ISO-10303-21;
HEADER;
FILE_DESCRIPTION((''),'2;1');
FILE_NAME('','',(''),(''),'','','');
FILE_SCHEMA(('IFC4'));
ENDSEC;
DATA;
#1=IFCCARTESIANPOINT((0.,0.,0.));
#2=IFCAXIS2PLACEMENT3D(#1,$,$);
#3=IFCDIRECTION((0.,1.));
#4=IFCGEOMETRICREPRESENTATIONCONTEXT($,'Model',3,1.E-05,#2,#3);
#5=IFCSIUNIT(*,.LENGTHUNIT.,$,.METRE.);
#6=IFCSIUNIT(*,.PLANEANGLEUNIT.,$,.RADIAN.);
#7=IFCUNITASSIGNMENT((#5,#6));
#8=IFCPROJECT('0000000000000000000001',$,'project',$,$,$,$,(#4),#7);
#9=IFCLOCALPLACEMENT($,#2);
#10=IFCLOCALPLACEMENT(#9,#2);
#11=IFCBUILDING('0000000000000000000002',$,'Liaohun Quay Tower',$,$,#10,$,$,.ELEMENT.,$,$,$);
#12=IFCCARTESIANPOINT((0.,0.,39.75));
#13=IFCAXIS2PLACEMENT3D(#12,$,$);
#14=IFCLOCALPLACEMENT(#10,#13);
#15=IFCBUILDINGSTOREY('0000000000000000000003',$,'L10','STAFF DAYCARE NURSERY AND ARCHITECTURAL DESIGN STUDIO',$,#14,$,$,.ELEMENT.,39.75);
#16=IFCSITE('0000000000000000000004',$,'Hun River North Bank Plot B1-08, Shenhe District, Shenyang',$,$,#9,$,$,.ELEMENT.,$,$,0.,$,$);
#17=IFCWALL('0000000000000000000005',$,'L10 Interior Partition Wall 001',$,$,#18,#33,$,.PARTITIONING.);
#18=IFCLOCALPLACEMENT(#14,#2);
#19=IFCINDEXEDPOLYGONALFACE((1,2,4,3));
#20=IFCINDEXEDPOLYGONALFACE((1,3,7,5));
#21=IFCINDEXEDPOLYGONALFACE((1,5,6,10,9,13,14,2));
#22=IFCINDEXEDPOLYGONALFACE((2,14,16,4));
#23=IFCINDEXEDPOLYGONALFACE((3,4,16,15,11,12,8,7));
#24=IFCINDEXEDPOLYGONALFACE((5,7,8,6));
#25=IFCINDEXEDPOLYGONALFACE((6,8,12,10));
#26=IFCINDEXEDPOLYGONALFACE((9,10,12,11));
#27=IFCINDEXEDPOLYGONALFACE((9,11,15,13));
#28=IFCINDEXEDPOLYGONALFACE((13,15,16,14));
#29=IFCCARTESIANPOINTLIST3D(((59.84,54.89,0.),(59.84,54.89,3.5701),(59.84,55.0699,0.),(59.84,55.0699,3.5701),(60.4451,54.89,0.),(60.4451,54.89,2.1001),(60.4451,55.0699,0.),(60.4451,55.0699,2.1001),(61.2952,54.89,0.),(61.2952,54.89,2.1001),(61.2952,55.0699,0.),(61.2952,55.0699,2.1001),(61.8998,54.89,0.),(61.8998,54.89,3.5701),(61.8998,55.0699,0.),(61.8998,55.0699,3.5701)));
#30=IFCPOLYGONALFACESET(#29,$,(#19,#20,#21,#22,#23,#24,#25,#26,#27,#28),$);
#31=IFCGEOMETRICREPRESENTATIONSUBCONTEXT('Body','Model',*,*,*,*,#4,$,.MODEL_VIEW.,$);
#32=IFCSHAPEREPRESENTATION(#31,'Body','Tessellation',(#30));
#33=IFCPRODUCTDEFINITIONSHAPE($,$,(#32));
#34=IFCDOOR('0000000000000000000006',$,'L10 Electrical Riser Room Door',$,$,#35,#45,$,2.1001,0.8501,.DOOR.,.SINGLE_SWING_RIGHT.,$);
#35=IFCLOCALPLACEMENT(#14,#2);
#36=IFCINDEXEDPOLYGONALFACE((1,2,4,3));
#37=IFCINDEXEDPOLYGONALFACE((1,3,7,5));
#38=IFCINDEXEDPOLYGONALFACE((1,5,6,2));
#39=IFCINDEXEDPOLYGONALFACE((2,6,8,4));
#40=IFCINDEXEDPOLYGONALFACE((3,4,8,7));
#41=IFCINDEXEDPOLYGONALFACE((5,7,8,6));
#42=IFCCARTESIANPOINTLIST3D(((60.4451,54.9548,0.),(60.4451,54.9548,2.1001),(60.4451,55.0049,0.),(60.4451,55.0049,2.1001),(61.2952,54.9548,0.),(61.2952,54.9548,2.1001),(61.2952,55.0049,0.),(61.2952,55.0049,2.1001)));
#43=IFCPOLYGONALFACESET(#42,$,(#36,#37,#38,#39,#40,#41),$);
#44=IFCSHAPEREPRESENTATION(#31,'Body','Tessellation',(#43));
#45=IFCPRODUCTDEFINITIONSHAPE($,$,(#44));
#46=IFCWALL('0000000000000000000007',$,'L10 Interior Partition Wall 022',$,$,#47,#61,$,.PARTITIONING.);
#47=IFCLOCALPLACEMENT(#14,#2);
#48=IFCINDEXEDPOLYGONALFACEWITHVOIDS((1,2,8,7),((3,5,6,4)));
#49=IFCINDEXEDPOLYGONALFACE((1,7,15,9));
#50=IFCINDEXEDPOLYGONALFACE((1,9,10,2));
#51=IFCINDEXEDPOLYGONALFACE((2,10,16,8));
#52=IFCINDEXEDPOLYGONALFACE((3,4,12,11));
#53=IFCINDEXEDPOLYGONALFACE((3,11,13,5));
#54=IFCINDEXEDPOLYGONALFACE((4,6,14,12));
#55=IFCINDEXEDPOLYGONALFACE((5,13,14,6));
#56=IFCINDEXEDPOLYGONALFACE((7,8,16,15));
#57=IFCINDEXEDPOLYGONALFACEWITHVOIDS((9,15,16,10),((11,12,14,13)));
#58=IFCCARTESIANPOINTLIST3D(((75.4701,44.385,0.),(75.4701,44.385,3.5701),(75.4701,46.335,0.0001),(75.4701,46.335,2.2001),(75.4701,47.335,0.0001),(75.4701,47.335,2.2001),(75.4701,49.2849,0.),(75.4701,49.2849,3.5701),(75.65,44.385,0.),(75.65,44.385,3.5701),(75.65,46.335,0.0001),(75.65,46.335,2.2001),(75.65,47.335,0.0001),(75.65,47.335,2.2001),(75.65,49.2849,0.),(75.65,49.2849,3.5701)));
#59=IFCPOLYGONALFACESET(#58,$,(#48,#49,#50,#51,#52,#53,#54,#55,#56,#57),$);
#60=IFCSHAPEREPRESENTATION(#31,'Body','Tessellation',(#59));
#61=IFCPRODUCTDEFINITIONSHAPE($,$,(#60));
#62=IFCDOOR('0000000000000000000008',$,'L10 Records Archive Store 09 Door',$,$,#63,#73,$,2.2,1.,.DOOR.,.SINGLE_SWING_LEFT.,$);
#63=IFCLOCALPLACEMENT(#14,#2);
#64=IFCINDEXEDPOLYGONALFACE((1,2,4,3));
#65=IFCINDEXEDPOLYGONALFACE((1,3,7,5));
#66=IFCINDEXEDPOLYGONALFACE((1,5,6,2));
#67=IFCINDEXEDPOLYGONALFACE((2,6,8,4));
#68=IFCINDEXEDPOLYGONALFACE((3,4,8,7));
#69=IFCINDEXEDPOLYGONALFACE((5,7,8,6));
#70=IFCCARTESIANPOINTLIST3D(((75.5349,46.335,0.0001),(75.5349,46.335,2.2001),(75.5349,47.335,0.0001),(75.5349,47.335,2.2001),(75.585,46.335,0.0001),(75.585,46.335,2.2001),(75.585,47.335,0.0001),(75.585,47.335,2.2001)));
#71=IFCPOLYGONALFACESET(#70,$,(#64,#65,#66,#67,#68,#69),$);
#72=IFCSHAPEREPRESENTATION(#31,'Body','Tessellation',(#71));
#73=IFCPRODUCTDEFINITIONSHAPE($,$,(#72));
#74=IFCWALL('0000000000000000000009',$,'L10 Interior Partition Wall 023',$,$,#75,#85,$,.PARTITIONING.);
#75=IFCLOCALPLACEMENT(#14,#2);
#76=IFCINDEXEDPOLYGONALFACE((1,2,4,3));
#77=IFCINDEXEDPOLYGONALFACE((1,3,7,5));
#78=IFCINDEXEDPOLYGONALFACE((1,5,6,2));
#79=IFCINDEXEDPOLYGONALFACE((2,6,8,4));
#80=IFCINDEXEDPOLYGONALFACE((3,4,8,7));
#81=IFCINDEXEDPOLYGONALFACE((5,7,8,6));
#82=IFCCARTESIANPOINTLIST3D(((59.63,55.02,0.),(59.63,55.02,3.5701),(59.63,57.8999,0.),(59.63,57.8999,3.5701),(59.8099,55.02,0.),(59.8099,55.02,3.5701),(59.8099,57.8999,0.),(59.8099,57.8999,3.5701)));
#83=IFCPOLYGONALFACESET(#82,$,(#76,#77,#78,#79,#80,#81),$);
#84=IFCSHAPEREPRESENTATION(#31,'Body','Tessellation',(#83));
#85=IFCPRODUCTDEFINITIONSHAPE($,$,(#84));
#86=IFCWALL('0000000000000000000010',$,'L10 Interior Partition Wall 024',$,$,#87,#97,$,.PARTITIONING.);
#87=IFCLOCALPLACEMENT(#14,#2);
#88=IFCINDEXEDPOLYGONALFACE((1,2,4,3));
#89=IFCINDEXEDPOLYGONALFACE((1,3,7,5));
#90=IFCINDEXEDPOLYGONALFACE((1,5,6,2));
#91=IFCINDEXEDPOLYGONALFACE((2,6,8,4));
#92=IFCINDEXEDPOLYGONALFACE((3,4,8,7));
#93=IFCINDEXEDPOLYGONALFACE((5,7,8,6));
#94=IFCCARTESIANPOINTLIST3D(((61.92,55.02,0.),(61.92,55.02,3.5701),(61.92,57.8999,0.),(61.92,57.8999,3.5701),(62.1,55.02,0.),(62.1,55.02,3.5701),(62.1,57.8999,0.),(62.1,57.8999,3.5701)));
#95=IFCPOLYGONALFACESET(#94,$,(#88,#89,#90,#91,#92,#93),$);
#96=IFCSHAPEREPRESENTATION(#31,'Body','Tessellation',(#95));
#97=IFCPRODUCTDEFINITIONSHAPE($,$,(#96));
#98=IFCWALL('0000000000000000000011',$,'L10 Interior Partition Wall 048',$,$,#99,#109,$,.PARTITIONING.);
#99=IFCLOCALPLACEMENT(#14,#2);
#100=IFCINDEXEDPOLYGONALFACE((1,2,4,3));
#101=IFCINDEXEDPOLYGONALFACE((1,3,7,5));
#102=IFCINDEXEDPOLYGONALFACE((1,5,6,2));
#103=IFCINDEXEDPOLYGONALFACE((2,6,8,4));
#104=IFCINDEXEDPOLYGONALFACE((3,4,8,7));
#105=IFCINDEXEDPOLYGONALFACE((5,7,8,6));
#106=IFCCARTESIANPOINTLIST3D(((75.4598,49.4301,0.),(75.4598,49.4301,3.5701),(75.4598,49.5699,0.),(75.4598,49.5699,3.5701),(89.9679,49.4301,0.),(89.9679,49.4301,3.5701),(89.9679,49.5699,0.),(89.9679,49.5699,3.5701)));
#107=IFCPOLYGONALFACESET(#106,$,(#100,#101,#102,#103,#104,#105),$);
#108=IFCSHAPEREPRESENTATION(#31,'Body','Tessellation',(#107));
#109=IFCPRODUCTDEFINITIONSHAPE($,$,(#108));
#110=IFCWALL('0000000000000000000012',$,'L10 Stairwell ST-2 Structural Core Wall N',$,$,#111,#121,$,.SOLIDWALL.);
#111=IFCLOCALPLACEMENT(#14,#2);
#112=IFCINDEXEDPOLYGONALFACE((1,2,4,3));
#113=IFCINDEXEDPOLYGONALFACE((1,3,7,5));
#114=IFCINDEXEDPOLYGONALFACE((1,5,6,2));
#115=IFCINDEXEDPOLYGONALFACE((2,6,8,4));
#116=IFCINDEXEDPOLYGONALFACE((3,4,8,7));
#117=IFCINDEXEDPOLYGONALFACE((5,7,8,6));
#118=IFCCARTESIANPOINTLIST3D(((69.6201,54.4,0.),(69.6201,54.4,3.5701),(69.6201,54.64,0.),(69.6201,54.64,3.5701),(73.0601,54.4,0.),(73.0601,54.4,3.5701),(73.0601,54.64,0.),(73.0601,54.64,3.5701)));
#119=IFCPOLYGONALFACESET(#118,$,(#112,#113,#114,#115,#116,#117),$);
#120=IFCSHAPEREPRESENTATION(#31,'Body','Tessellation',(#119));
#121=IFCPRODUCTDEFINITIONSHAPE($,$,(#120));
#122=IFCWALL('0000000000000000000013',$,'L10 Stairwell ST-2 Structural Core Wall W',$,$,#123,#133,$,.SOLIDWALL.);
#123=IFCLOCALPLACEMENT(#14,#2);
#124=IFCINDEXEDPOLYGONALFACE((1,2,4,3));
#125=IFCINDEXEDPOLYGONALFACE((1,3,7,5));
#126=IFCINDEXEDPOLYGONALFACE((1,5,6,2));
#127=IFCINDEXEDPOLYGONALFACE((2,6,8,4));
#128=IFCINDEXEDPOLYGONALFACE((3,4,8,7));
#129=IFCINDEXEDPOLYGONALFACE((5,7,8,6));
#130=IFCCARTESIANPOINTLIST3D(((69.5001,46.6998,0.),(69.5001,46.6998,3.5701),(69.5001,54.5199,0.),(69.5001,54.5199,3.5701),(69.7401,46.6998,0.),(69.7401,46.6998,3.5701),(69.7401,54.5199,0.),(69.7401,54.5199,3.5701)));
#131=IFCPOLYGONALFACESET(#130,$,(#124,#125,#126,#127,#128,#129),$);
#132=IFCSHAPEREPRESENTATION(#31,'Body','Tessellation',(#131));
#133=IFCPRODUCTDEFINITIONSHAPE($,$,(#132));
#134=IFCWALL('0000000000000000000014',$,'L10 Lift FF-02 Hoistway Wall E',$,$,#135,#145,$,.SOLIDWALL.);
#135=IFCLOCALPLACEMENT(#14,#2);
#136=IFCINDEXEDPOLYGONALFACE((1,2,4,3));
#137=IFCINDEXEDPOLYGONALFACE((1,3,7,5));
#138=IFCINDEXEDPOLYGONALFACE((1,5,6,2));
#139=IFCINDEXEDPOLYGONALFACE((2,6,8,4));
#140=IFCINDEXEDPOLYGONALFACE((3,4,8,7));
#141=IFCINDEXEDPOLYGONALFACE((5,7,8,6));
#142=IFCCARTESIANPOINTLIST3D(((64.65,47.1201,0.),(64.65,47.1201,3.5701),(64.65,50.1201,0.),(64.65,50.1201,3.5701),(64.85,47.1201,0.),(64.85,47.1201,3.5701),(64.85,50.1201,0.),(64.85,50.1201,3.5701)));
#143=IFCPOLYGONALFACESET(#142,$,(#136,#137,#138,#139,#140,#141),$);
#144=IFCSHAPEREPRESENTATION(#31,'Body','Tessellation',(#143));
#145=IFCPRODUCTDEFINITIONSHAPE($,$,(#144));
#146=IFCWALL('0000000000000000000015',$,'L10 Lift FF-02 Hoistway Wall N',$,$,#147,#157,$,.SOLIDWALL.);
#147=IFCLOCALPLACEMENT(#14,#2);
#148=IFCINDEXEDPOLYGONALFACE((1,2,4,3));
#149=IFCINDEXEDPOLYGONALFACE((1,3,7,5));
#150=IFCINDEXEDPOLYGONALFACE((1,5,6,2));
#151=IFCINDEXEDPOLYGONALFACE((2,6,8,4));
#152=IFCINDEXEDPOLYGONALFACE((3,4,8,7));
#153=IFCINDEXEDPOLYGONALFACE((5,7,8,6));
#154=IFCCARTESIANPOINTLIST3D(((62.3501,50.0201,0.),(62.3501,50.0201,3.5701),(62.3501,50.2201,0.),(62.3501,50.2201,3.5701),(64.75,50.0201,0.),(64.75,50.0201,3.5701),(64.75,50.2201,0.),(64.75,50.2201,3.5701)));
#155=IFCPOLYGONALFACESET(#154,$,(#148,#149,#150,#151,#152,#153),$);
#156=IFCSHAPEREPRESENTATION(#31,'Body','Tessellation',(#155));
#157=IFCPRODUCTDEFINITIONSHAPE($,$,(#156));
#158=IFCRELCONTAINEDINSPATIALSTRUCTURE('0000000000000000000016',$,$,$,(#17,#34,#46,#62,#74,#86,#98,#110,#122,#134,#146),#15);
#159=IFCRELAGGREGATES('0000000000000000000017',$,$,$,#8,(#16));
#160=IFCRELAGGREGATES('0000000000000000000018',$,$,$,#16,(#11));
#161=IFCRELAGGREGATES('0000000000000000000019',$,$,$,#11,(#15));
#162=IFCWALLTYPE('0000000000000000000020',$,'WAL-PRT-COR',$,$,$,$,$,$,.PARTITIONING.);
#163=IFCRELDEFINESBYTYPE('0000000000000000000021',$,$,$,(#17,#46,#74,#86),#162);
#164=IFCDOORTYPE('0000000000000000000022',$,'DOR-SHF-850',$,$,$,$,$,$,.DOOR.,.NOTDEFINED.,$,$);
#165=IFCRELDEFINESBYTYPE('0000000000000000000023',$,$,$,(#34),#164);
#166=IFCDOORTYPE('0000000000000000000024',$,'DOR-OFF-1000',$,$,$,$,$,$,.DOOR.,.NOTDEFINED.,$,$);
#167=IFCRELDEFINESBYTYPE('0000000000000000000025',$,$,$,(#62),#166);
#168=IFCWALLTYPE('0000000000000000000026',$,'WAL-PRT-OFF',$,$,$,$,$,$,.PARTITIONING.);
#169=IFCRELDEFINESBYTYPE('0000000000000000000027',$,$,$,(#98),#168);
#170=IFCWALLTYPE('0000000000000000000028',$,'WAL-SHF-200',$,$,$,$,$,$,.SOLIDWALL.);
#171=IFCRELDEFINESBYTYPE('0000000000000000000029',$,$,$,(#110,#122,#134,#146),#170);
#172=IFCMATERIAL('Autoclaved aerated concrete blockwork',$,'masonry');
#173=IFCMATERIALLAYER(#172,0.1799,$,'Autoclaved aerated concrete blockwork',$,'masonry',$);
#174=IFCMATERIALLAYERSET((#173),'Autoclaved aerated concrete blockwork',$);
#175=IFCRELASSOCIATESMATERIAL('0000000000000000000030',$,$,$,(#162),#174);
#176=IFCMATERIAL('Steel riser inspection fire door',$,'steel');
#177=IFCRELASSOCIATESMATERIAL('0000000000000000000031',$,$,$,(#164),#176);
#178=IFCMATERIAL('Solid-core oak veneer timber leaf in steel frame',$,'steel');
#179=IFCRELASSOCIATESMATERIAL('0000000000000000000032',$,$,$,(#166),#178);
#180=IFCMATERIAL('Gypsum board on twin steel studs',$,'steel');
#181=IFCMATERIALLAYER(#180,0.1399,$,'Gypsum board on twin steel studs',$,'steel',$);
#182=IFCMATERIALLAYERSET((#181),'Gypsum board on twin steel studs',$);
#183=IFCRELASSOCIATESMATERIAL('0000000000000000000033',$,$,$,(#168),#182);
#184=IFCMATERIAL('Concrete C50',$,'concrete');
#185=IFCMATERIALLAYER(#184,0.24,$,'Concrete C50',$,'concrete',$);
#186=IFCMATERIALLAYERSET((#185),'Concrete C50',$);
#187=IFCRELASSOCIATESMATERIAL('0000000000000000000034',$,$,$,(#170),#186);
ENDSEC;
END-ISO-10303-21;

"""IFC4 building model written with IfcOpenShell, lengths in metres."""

from ifc_helpers import new_model, si_unit, direction, frame, frame_2d, origin, place, context, subcontext, project, spatial, rectangle, extrude, source, transform, mapped, material, layer, layer_set, type_object, element, fill, save


model = new_model("IFC4")

# Units and contexts
model_context = context("Model", 3, precision=1e-05, world=origin(), true_north=direction((0.0, 1.0)))
body_context = subcontext(model_context, "Body", "Model", "MODEL_VIEW")
ifc_project = project(units=[si_unit("LENGTHUNIT", "METRE"), si_unit("PLANEANGLEUNIT", "RADIAN")], contexts=[model_context])

# Site, building, storey
site_placement = place(None, origin())
site = spatial("IfcSite", under=ifc_project, at=site_placement, Name="Hun River North Bank Plot B1-08, Shenhe District, Shenyang", CompositionType="ELEMENT", RefElevation=0.0)
building_placement = place(site_placement, origin())
building = spatial("IfcBuilding", under=site, at=building_placement, Name="Liaohun Quay Tower", CompositionType="ELEMENT")
storey_placement = place(building_placement, frame((0.0, 0.0, 39.75)))
storey = spatial("IfcBuildingStorey", under=building, at=storey_placement, Name="L10", Description="STAFF DAYCARE NURSERY AND ARCHITECTURAL DESIGN STUDIO", CompositionType="ELEMENT", Elevation=39.75)

# Walls, openings, doors
ifc_material_1 = material(Name="Autoclaved aerated concrete blockwork", Category="masonry")
ifc_layer_1 = layer(ifc_material_1, 0.1799, Name="Autoclaved aerated concrete blockwork", Category="masonry")
ifc_layer_set_1 = layer_set([ifc_layer_1], Name="Autoclaved aerated concrete blockwork")
wall_type_1 = type_object("IfcWallType", Name="WAL-PRT-COR", PredefinedType="PARTITIONING", material=ifc_layer_set_1)
wall_1_placement = place(storey_placement, frame((59.8401, 54.98, 0.0), z_axis=(0.0, 0.0, 1.0), x_axis=(1.0, 0.0, 0.0)))
wall_1 = element("IfcWall", 1, at=wall_1_placement, inside=storey, type_object=wall_type_1, Name="L10 Interior Partition Wall 001", PredefinedType="PARTITIONING", context=body_context, shape_type="SweptSolid", body=[
    extrude(rectangle(XDim=2.0598, YDim=0.1799, at=frame_2d((1.0298, 0.0))), origin(), (0.0, 0.0, 1.0), 3.5701),
])
shared_shape_1 = source(origin(), body_context, "Body", "SweptSolid", [
    extrude(rectangle(XDim=0.8501, YDim=2.1001, at=frame_2d((0.425, 1.05))), frame((0.0, 0.0999, 0.0), z_axis=(0.0, -1.0, 0.0), x_axis=(1.0, 0.0, 0.0)), (0.0, 0.0, 1.0), 0.2),
])
opening_1_placement = place(wall_1_placement, frame((0.605, 0.0, 0.0)))
opening_1 = element("IfcOpeningElement", 2, at=opening_1_placement, cuts=wall_1, PredefinedType="OPENING", context=body_context, shape_type="MappedRepresentation", body=[
    mapped(shared_shape_1, transform((0.0, 0.0, 0.0), x_axis=(1.0, 0.0, 0.0), y_axis=(0.0, 1.0, 0.0), z_axis=(0.0, 0.0, 1.0), scale=1.0)),
])
ifc_material_2 = material(Name="Steel riser inspection fire door", Category="steel")
door_type_1 = type_object("IfcDoorType", Name="DOR-SHF-850", OperationType="NOTDEFINED", PredefinedType="DOOR", material=ifc_material_2)
shared_shape_2 = source(origin(), body_context, "Body", "SweptSolid", [
    extrude(rectangle(XDim=0.8501, YDim=2.1001, at=frame_2d((0.425, 1.05))), frame((0.0, 0.0249, 0.0), z_axis=(0.0, -1.0, 0.0), x_axis=(1.0, 0.0, 0.0)), (0.0, 0.0, 1.0), 0.05),
])
door_1_placement = place(opening_1_placement, origin())
door_1 = element("IfcDoor", 3, at=door_1_placement, inside=storey, type_object=door_type_1, Name="L10 Electrical Riser Room Door", OperationType="SINGLE_SWING_RIGHT", OverallHeight=2.1001, OverallWidth=0.8501, PredefinedType="DOOR", context=body_context, shape_type="MappedRepresentation", body=[
    mapped(shared_shape_2, transform((0.0, 0.0, 0.0), x_axis=(1.0, 0.0, 0.0), y_axis=(0.0, 1.0, 0.0), z_axis=(0.0, 0.0, 1.0), scale=1.0)),
])
fill(opening_1, door_1)
wall_2_placement = place(storey_placement, frame((75.5601, 49.2849, 0.0), z_axis=(0.0, 0.0, 1.0), x_axis=(0.0, -1.0, 0.0)))
wall_2 = element("IfcWall", 4, at=wall_2_placement, inside=storey, type_object=wall_type_1, Name="L10 Interior Partition Wall 022", PredefinedType="PARTITIONING", context=body_context, shape_type="SweptSolid", body=[
    extrude(rectangle(XDim=4.8999, YDim=0.1799, at=frame_2d((2.45, 0.0))), origin(), (0.0, 0.0, 1.0), 3.5701),
])
shared_shape_3 = source(origin(), body_context, "Body", "SweptSolid", [
    extrude(rectangle(XDim=1.0, YDim=2.2, at=frame_2d((0.5, 1.1001))), frame((0.0, 0.0999, 0.0), z_axis=(0.0, -1.0, 0.0), x_axis=(1.0, 0.0, 0.0)), (0.0, 0.0, 1.0), 0.2),
])
opening_2_placement = place(wall_2_placement, frame((1.95, 0.0, 0.0)))
opening_2 = element("IfcOpeningElement", 5, at=opening_2_placement, cuts=wall_2, PredefinedType="OPENING", context=body_context, shape_type="MappedRepresentation", body=[
    mapped(shared_shape_3, transform((0.0, 0.0, 0.0), x_axis=(1.0, 0.0, 0.0), y_axis=(0.0, 1.0, 0.0), z_axis=(0.0, 0.0, 1.0), scale=1.0)),
])
ifc_material_3 = material(Name="Solid-core oak veneer timber leaf in steel frame", Category="steel")
door_type_2 = type_object("IfcDoorType", Name="DOR-OFF-1000", OperationType="NOTDEFINED", PredefinedType="DOOR", material=ifc_material_3)
shared_shape_4 = source(origin(), body_context, "Body", "SweptSolid", [
    extrude(rectangle(XDim=1.0, YDim=2.2, at=frame_2d((0.5, 1.1001))), frame((0.0, 0.0249, 0.0), z_axis=(0.0, -1.0, 0.0), x_axis=(1.0, 0.0, 0.0)), (0.0, 0.0, 1.0), 0.05),
])
door_2_placement = place(opening_2_placement, origin())
door_2 = element("IfcDoor", 6, at=door_2_placement, inside=storey, type_object=door_type_2, Name="L10 Records Archive Store 09 Door", OperationType="SINGLE_SWING_LEFT", OverallHeight=2.2, OverallWidth=1.0, PredefinedType="DOOR", context=body_context, shape_type="MappedRepresentation", body=[
    mapped(shared_shape_4, transform((0.0, 0.0, 0.0), x_axis=(1.0, 0.0, 0.0), y_axis=(0.0, 1.0, 0.0), z_axis=(0.0, 0.0, 1.0), scale=1.0)),
])
fill(opening_2, door_2)

# Walls
for number, where, z_axis, x_axis, name in (
    (7, (59.72, 55.02, 0.0), (0.0, 0.0, 1.0), (0.0, 1.0, 0.0), "L10 Interior Partition Wall 023"),
    (8, (62.01, 55.02, 0.0), (0.0, 0.0, 1.0), (0.0, 1.0, 0.0), "L10 Interior Partition Wall 024"),
):
    element("IfcWall", number, at=place(storey_placement, frame(where, z_axis=z_axis, x_axis=x_axis)), inside=storey, type_object=wall_type_1, Name=name, PredefinedType="PARTITIONING", context=body_context, shape_type="SweptSolid", body=[
        extrude(rectangle(XDim=2.8799, YDim=0.1799, at=frame_2d((1.4399, 0.0))), origin(), (0.0, 0.0, 1.0), 3.5701),
    ])
ifc_material_4 = material(Name="Gypsum board on twin steel studs", Category="steel")
ifc_layer_2 = layer(ifc_material_4, 0.1399, Name="Gypsum board on twin steel studs", Category="steel")
ifc_layer_set_2 = layer_set([ifc_layer_2], Name="Gypsum board on twin steel studs")
wall_type_2 = type_object("IfcWallType", Name="WAL-PRT-OFF", PredefinedType="PARTITIONING", material=ifc_layer_set_2)
wall_3_placement = place(storey_placement, frame((75.46, 49.5, 0.0), z_axis=(0.0, 0.0, 1.0), x_axis=(1.0, 0.0, 0.0)))
element("IfcWall", 9, at=wall_3_placement, inside=storey, type_object=wall_type_2, Name="L10 Interior Partition Wall 048", PredefinedType="PARTITIONING", context=body_context, shape_type="SweptSolid", body=[
    extrude(rectangle(XDim=14.5081, YDim=0.1399, at=frame_2d((7.2539, 0.0))), origin(), (0.0, 0.0, 1.0), 3.5701),
])

# Walls
ifc_material_5 = material(Name="Concrete C50", Category="concrete")
ifc_layer_3 = layer(ifc_material_5, 0.24, Name="Concrete C50", Category="concrete")
ifc_layer_set_3 = layer_set([ifc_layer_3], Name="Concrete C50")
wall_type_3 = type_object("IfcWallType", Name="WAL-SHF-200", PredefinedType="SOLIDWALL", material=ifc_layer_set_3)
wall_4_placement = place(storey_placement, frame((73.0601, 54.52, 0.0), z_axis=(0.0, 0.0, 1.0), x_axis=(-1.0, 0.0, 0.0)))
element("IfcWall", 10, at=wall_4_placement, inside=storey, type_object=wall_type_3, Name="L10 Stairwell ST-2 Structural Core Wall N", PredefinedType="SOLIDWALL", context=body_context, shape_type="SweptSolid", body=[
    extrude(rectangle(XDim=3.4399, YDim=0.24, at=frame_2d((1.72, 0.0))), origin(), (0.0, 0.0, 1.0), 3.5701),
])
wall_5_placement = place(storey_placement, frame((69.6201, 54.52, 0.0), z_axis=(0.0, 0.0, 1.0), x_axis=(0.0, -1.0, 0.0)))
element("IfcWall", 11, at=wall_5_placement, inside=storey, type_object=wall_type_3, Name="L10 Stairwell ST-2 Structural Core Wall W", PredefinedType="SOLIDWALL", context=body_context, shape_type="SweptSolid", body=[
    extrude(rectangle(XDim=7.8201, YDim=0.24, at=frame_2d((3.9102, 0.0))), origin(), (0.0, 0.0, 1.0), 3.5701),
])
wall_6_placement = place(storey_placement, frame((64.75, 47.1201, 0.0), z_axis=(0.0, 0.0, 1.0), x_axis=(0.0, 1.0, 0.0)))
element("IfcWall", 12, at=wall_6_placement, inside=storey, type_object=wall_type_3, Name="L10 Lift FF-02 Hoistway Wall E", PredefinedType="SOLIDWALL", context=body_context, shape_type="SweptSolid", body=[
    extrude(rectangle(XDim=3.0, YDim=0.2, at=frame_2d((1.5, 0.0))), origin(), (0.0, 0.0, 1.0), 3.5701),
])
wall_7_placement = place(storey_placement, frame((64.75, 50.1201, 0.0), z_axis=(0.0, 0.0, 1.0), x_axis=(-1.0, 0.0, 0.0)))
element("IfcWall", 13, at=wall_7_placement, inside=storey, type_object=wall_type_3, Name="L10 Lift FF-02 Hoistway Wall N", PredefinedType="SOLIDWALL", context=body_context, shape_type="SweptSolid", body=[
    extrude(rectangle(XDim=2.3999, YDim=0.2, at=frame_2d((1.2, 0.0))), origin(), (0.0, 0.0, 1.0), 3.5701),
])

save(model, "model.ifc")
